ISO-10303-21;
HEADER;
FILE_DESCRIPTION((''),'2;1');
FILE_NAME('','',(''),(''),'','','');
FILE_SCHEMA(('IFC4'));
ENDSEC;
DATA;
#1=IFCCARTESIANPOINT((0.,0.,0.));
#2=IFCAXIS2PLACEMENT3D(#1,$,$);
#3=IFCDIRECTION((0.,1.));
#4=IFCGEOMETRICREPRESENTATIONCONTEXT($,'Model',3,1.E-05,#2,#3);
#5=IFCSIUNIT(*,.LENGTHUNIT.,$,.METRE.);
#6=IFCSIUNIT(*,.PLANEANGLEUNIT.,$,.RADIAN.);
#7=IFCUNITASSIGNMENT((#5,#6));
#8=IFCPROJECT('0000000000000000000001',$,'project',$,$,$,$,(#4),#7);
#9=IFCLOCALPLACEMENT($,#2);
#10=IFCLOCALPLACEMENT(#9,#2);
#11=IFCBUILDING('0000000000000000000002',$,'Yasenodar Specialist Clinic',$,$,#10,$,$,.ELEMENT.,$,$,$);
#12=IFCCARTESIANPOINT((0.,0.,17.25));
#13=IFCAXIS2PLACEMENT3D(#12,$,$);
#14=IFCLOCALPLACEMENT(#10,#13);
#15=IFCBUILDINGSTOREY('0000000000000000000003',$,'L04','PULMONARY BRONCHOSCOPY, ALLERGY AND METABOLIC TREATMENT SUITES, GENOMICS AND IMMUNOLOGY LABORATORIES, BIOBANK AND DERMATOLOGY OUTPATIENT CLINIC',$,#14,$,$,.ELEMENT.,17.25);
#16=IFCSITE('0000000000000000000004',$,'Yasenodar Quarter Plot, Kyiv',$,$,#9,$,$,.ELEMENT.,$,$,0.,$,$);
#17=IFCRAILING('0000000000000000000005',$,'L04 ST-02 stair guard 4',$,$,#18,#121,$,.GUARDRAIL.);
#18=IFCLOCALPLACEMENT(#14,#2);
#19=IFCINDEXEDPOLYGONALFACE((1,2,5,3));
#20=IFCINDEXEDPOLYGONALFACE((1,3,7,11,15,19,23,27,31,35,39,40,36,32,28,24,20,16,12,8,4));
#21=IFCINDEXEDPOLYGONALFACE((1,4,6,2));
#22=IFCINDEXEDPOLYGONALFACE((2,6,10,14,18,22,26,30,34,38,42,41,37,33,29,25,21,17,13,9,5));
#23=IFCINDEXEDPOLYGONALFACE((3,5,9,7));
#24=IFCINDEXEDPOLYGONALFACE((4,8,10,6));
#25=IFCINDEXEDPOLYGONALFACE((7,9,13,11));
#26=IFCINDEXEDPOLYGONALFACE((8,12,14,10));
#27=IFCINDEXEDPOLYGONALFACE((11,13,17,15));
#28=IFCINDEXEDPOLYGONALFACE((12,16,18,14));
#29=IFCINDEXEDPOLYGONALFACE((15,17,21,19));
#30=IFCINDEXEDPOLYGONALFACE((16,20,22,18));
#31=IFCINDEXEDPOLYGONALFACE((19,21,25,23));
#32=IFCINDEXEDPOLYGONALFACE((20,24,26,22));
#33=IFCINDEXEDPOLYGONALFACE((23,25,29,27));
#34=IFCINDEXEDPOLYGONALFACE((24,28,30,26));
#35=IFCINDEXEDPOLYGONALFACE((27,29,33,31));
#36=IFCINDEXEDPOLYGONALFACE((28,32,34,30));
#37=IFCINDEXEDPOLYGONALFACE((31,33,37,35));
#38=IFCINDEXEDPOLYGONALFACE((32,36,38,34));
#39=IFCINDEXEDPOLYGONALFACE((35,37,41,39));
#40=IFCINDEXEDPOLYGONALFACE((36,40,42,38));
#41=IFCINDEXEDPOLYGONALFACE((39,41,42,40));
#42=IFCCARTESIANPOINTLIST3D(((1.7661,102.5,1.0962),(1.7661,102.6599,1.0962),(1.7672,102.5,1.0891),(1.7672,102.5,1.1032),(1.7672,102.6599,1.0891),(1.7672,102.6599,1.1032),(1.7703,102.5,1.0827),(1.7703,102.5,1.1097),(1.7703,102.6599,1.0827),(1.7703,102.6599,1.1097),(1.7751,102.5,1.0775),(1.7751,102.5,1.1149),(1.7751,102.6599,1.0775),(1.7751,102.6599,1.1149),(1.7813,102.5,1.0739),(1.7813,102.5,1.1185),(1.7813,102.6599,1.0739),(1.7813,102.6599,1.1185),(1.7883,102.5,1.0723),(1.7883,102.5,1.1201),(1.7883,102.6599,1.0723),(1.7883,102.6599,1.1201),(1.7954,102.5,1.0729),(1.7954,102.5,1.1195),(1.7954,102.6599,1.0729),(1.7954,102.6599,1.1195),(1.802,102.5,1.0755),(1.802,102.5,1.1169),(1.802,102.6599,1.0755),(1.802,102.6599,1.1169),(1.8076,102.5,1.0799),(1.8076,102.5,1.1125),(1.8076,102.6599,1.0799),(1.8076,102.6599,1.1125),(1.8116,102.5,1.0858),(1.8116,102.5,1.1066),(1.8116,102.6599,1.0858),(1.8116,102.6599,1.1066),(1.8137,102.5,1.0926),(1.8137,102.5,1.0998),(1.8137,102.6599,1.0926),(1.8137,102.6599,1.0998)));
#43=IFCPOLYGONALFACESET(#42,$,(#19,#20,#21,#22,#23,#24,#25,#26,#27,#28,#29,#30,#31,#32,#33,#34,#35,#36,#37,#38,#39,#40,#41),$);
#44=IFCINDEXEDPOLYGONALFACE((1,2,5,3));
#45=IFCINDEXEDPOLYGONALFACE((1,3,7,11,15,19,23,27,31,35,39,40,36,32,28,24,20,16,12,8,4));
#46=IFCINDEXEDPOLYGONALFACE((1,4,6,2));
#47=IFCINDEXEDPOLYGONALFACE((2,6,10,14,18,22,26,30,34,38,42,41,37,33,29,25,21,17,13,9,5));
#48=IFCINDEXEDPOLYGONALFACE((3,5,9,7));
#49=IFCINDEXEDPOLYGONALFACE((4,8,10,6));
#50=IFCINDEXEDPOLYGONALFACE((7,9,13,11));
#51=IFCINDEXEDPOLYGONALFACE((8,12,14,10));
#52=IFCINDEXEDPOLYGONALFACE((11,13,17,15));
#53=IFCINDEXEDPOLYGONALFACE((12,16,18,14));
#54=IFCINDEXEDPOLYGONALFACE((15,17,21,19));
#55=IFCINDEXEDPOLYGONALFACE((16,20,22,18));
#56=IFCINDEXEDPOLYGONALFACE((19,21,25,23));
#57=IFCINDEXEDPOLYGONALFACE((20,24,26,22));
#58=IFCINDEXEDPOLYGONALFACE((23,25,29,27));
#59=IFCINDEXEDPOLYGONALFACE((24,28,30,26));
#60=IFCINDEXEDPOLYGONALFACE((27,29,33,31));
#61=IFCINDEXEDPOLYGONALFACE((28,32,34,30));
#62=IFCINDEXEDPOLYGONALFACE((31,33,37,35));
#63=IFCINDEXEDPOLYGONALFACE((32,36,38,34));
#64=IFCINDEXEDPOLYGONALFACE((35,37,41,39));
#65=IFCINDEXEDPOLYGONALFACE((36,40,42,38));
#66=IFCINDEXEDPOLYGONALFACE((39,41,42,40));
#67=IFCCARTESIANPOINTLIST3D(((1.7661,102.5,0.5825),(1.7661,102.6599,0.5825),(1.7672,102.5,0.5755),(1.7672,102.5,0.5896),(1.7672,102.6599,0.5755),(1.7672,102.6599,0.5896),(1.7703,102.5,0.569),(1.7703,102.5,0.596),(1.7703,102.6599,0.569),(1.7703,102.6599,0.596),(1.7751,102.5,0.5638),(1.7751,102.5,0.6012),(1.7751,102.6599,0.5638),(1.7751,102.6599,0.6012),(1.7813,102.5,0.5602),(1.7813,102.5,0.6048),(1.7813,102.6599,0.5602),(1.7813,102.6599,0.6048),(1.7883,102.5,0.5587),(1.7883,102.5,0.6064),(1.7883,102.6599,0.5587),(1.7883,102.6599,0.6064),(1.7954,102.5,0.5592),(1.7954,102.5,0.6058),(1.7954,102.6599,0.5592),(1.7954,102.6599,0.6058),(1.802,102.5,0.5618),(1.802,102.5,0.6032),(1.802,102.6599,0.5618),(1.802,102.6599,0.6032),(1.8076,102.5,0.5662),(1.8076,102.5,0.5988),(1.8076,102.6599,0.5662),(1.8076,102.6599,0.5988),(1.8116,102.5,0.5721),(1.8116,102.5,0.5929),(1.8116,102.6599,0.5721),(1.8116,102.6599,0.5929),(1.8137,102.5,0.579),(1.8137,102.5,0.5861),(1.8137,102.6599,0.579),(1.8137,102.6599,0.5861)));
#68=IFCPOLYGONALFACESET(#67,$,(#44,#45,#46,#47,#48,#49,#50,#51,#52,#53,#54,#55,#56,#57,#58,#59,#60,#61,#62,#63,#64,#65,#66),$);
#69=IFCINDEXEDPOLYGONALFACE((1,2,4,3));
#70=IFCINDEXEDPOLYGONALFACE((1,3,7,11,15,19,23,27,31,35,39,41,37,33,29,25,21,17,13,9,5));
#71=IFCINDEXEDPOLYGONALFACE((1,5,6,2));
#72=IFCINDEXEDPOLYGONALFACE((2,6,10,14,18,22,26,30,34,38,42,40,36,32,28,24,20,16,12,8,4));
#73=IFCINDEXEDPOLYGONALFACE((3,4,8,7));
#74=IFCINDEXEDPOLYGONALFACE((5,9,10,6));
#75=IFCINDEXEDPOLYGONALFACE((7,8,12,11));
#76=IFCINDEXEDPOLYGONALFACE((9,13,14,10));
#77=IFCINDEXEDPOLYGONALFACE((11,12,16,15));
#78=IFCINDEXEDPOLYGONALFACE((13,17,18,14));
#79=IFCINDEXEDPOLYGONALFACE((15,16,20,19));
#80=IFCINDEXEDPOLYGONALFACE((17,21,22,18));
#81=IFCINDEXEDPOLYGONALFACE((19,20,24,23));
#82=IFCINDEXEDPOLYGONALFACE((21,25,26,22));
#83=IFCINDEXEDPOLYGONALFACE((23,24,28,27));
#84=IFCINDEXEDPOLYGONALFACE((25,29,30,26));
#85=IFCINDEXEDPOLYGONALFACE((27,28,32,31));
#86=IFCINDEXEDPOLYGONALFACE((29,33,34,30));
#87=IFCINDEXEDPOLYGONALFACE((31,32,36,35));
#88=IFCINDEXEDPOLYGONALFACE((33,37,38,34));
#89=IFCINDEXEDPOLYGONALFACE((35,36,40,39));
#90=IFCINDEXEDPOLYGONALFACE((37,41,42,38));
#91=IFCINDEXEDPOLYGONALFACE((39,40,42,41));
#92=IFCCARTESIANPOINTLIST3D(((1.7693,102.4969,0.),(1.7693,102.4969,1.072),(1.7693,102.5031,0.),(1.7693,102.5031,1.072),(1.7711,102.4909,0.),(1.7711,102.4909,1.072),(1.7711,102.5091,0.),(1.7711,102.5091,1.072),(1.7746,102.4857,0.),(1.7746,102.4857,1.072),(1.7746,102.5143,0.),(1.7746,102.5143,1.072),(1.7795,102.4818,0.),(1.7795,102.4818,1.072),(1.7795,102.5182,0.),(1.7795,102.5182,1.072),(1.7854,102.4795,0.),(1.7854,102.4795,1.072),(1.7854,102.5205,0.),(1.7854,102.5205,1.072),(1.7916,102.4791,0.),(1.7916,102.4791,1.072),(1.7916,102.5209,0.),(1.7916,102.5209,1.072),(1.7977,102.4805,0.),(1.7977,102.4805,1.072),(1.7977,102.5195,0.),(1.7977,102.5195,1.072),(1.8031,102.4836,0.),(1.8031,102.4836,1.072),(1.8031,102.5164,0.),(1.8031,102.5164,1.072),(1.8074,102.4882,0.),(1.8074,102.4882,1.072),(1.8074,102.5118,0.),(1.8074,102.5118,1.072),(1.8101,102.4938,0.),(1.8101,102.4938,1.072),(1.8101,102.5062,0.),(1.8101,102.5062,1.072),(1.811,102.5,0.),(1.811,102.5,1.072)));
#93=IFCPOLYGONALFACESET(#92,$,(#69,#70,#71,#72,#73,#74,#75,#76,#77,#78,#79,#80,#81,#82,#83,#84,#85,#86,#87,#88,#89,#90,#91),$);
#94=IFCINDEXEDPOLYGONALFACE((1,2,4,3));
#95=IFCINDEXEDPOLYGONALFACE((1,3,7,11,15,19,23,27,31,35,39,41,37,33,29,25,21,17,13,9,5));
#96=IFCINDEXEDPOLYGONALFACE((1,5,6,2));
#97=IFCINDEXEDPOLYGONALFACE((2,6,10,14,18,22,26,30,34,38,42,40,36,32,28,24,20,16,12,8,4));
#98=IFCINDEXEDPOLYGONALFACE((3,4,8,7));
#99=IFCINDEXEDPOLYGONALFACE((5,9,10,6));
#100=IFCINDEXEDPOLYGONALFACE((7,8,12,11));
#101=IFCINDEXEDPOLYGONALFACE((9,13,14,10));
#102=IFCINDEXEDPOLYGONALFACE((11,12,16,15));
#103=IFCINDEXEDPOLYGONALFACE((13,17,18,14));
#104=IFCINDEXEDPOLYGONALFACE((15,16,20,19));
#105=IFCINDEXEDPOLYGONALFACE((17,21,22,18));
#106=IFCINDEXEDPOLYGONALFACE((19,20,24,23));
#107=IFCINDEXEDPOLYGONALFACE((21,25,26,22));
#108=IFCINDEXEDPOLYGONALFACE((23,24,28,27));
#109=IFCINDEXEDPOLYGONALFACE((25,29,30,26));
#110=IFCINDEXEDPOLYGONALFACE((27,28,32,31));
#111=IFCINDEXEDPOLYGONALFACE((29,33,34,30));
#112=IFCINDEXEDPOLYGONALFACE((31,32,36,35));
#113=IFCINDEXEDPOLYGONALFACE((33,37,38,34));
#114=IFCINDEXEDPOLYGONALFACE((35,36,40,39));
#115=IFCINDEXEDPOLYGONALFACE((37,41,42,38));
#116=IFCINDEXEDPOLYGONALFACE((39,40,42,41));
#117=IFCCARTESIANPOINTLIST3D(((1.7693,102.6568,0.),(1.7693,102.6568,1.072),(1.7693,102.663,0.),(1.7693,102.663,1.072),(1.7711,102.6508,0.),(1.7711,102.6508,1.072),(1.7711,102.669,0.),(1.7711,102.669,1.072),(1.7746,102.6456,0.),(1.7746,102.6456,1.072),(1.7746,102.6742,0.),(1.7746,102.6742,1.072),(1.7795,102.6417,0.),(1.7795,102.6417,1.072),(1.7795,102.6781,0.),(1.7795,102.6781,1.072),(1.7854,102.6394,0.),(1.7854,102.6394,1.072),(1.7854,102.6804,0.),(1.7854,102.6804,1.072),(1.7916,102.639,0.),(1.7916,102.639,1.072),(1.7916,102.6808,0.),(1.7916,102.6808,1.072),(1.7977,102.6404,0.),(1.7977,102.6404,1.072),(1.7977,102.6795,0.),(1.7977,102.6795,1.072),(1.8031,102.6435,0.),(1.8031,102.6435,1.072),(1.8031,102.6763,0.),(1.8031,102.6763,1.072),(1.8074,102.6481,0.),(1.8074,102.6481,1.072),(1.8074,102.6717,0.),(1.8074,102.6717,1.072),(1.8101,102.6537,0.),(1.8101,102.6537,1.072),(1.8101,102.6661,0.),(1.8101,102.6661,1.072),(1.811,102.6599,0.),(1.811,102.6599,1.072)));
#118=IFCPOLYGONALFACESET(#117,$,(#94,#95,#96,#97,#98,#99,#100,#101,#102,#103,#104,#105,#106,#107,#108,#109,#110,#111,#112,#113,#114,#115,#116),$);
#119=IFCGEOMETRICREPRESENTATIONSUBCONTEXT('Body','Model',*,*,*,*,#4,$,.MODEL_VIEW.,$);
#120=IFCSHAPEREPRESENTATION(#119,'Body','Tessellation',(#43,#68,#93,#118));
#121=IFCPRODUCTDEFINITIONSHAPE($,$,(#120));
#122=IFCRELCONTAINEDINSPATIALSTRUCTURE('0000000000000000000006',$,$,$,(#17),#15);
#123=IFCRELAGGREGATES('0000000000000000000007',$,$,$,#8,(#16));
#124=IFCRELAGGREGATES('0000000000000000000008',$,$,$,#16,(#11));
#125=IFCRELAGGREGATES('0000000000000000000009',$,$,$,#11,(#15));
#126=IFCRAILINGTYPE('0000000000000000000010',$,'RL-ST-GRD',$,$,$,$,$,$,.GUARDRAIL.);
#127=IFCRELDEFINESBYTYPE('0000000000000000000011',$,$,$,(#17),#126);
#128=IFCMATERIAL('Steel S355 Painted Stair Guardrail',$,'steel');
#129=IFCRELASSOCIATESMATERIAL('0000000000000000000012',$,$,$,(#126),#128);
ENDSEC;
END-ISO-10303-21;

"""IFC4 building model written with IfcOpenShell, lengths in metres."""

from ifc_helpers import new_model, si_unit, direction, frame, origin, origin_2d, place, context, subcontext, project, spatial, circle, extrude, material, type_object, element, save


model = new_model("IFC4")

# Units and contexts
model_context = context("Model", 3, precision=1e-05, world=origin(), true_north=direction((0.0, 1.0)))
body_context = subcontext(model_context, "Body", "Model", "MODEL_VIEW")
ifc_project = project(units=[si_unit("LENGTHUNIT", "METRE"), si_unit("PLANEANGLEUNIT", "RADIAN")], contexts=[model_context])

# Site, building, storey
site_placement = place(None, origin())
site = spatial("IfcSite", under=ifc_project, at=site_placement, Name="Yasenodar Quarter Plot, Kyiv", CompositionType="ELEMENT", RefElevation=0.0)
building_placement = place(site_placement, origin())
building = spatial("IfcBuilding", under=site, at=building_placement, Name="Yasenodar Specialist Clinic", CompositionType="ELEMENT")
storey_placement = place(building_placement, frame((0.0, 0.0, 17.25)))
storey = spatial("IfcBuildingStorey", under=building, at=storey_placement, Name="L04", Description="PULMONARY BRONCHOSCOPY, ALLERGY AND METABOLIC TREATMENT SUITES, GENOMICS AND IMMUNOLOGY LABORATORIES, BIOBANK AND DERMATOLOGY OUTPATIENT CLINIC", CompositionType="ELEMENT", Elevation=17.25)

# Railing
ifc_material_1 = material(Name="Steel S355 Painted Stair Guardrail", Category="steel")
railing_type_1 = type_object("IfcRailingType", Name="RL-ST-GRD", PredefinedType="GUARDRAIL", material=ifc_material_1)
railing_1_placement = place(storey_placement, frame((1.79, 102.5, 0.0)))
element("IfcRailing", 1, at=railing_1_placement, inside=storey, type_object=railing_type_1, Name="L04 ST-02 stair guard 4", PredefinedType="GUARDRAIL", context=body_context, shape_type="SweptSolid", body=[
    extrude(circle(Radius=0.0239, at=origin_2d()), frame((0.0, 0.0, 1.0962), z_axis=(0.0, 1.0, 0.0), x_axis=(-1.0, 0.0, 0.0)), (0.0, 0.0, 1.0), 0.1599),
    extrude(circle(Radius=0.0239, at=origin_2d()), frame((0.0, 0.0, 0.5825), z_axis=(0.0, 1.0, 0.0), x_axis=(-1.0, 0.0, 0.0)), (0.0, 0.0, 1.0), 0.1599),
    extrude(circle(Radius=0.021, at=origin_2d()), origin(), (0.0, 0.0, 1.0), 1.072),
    extrude(circle(Radius=0.021, at=origin_2d()), frame((0.0, 0.1599, 0.0)), (0.0, 0.0, 1.0), 1.072),
])

save(model, "model.ifc")
